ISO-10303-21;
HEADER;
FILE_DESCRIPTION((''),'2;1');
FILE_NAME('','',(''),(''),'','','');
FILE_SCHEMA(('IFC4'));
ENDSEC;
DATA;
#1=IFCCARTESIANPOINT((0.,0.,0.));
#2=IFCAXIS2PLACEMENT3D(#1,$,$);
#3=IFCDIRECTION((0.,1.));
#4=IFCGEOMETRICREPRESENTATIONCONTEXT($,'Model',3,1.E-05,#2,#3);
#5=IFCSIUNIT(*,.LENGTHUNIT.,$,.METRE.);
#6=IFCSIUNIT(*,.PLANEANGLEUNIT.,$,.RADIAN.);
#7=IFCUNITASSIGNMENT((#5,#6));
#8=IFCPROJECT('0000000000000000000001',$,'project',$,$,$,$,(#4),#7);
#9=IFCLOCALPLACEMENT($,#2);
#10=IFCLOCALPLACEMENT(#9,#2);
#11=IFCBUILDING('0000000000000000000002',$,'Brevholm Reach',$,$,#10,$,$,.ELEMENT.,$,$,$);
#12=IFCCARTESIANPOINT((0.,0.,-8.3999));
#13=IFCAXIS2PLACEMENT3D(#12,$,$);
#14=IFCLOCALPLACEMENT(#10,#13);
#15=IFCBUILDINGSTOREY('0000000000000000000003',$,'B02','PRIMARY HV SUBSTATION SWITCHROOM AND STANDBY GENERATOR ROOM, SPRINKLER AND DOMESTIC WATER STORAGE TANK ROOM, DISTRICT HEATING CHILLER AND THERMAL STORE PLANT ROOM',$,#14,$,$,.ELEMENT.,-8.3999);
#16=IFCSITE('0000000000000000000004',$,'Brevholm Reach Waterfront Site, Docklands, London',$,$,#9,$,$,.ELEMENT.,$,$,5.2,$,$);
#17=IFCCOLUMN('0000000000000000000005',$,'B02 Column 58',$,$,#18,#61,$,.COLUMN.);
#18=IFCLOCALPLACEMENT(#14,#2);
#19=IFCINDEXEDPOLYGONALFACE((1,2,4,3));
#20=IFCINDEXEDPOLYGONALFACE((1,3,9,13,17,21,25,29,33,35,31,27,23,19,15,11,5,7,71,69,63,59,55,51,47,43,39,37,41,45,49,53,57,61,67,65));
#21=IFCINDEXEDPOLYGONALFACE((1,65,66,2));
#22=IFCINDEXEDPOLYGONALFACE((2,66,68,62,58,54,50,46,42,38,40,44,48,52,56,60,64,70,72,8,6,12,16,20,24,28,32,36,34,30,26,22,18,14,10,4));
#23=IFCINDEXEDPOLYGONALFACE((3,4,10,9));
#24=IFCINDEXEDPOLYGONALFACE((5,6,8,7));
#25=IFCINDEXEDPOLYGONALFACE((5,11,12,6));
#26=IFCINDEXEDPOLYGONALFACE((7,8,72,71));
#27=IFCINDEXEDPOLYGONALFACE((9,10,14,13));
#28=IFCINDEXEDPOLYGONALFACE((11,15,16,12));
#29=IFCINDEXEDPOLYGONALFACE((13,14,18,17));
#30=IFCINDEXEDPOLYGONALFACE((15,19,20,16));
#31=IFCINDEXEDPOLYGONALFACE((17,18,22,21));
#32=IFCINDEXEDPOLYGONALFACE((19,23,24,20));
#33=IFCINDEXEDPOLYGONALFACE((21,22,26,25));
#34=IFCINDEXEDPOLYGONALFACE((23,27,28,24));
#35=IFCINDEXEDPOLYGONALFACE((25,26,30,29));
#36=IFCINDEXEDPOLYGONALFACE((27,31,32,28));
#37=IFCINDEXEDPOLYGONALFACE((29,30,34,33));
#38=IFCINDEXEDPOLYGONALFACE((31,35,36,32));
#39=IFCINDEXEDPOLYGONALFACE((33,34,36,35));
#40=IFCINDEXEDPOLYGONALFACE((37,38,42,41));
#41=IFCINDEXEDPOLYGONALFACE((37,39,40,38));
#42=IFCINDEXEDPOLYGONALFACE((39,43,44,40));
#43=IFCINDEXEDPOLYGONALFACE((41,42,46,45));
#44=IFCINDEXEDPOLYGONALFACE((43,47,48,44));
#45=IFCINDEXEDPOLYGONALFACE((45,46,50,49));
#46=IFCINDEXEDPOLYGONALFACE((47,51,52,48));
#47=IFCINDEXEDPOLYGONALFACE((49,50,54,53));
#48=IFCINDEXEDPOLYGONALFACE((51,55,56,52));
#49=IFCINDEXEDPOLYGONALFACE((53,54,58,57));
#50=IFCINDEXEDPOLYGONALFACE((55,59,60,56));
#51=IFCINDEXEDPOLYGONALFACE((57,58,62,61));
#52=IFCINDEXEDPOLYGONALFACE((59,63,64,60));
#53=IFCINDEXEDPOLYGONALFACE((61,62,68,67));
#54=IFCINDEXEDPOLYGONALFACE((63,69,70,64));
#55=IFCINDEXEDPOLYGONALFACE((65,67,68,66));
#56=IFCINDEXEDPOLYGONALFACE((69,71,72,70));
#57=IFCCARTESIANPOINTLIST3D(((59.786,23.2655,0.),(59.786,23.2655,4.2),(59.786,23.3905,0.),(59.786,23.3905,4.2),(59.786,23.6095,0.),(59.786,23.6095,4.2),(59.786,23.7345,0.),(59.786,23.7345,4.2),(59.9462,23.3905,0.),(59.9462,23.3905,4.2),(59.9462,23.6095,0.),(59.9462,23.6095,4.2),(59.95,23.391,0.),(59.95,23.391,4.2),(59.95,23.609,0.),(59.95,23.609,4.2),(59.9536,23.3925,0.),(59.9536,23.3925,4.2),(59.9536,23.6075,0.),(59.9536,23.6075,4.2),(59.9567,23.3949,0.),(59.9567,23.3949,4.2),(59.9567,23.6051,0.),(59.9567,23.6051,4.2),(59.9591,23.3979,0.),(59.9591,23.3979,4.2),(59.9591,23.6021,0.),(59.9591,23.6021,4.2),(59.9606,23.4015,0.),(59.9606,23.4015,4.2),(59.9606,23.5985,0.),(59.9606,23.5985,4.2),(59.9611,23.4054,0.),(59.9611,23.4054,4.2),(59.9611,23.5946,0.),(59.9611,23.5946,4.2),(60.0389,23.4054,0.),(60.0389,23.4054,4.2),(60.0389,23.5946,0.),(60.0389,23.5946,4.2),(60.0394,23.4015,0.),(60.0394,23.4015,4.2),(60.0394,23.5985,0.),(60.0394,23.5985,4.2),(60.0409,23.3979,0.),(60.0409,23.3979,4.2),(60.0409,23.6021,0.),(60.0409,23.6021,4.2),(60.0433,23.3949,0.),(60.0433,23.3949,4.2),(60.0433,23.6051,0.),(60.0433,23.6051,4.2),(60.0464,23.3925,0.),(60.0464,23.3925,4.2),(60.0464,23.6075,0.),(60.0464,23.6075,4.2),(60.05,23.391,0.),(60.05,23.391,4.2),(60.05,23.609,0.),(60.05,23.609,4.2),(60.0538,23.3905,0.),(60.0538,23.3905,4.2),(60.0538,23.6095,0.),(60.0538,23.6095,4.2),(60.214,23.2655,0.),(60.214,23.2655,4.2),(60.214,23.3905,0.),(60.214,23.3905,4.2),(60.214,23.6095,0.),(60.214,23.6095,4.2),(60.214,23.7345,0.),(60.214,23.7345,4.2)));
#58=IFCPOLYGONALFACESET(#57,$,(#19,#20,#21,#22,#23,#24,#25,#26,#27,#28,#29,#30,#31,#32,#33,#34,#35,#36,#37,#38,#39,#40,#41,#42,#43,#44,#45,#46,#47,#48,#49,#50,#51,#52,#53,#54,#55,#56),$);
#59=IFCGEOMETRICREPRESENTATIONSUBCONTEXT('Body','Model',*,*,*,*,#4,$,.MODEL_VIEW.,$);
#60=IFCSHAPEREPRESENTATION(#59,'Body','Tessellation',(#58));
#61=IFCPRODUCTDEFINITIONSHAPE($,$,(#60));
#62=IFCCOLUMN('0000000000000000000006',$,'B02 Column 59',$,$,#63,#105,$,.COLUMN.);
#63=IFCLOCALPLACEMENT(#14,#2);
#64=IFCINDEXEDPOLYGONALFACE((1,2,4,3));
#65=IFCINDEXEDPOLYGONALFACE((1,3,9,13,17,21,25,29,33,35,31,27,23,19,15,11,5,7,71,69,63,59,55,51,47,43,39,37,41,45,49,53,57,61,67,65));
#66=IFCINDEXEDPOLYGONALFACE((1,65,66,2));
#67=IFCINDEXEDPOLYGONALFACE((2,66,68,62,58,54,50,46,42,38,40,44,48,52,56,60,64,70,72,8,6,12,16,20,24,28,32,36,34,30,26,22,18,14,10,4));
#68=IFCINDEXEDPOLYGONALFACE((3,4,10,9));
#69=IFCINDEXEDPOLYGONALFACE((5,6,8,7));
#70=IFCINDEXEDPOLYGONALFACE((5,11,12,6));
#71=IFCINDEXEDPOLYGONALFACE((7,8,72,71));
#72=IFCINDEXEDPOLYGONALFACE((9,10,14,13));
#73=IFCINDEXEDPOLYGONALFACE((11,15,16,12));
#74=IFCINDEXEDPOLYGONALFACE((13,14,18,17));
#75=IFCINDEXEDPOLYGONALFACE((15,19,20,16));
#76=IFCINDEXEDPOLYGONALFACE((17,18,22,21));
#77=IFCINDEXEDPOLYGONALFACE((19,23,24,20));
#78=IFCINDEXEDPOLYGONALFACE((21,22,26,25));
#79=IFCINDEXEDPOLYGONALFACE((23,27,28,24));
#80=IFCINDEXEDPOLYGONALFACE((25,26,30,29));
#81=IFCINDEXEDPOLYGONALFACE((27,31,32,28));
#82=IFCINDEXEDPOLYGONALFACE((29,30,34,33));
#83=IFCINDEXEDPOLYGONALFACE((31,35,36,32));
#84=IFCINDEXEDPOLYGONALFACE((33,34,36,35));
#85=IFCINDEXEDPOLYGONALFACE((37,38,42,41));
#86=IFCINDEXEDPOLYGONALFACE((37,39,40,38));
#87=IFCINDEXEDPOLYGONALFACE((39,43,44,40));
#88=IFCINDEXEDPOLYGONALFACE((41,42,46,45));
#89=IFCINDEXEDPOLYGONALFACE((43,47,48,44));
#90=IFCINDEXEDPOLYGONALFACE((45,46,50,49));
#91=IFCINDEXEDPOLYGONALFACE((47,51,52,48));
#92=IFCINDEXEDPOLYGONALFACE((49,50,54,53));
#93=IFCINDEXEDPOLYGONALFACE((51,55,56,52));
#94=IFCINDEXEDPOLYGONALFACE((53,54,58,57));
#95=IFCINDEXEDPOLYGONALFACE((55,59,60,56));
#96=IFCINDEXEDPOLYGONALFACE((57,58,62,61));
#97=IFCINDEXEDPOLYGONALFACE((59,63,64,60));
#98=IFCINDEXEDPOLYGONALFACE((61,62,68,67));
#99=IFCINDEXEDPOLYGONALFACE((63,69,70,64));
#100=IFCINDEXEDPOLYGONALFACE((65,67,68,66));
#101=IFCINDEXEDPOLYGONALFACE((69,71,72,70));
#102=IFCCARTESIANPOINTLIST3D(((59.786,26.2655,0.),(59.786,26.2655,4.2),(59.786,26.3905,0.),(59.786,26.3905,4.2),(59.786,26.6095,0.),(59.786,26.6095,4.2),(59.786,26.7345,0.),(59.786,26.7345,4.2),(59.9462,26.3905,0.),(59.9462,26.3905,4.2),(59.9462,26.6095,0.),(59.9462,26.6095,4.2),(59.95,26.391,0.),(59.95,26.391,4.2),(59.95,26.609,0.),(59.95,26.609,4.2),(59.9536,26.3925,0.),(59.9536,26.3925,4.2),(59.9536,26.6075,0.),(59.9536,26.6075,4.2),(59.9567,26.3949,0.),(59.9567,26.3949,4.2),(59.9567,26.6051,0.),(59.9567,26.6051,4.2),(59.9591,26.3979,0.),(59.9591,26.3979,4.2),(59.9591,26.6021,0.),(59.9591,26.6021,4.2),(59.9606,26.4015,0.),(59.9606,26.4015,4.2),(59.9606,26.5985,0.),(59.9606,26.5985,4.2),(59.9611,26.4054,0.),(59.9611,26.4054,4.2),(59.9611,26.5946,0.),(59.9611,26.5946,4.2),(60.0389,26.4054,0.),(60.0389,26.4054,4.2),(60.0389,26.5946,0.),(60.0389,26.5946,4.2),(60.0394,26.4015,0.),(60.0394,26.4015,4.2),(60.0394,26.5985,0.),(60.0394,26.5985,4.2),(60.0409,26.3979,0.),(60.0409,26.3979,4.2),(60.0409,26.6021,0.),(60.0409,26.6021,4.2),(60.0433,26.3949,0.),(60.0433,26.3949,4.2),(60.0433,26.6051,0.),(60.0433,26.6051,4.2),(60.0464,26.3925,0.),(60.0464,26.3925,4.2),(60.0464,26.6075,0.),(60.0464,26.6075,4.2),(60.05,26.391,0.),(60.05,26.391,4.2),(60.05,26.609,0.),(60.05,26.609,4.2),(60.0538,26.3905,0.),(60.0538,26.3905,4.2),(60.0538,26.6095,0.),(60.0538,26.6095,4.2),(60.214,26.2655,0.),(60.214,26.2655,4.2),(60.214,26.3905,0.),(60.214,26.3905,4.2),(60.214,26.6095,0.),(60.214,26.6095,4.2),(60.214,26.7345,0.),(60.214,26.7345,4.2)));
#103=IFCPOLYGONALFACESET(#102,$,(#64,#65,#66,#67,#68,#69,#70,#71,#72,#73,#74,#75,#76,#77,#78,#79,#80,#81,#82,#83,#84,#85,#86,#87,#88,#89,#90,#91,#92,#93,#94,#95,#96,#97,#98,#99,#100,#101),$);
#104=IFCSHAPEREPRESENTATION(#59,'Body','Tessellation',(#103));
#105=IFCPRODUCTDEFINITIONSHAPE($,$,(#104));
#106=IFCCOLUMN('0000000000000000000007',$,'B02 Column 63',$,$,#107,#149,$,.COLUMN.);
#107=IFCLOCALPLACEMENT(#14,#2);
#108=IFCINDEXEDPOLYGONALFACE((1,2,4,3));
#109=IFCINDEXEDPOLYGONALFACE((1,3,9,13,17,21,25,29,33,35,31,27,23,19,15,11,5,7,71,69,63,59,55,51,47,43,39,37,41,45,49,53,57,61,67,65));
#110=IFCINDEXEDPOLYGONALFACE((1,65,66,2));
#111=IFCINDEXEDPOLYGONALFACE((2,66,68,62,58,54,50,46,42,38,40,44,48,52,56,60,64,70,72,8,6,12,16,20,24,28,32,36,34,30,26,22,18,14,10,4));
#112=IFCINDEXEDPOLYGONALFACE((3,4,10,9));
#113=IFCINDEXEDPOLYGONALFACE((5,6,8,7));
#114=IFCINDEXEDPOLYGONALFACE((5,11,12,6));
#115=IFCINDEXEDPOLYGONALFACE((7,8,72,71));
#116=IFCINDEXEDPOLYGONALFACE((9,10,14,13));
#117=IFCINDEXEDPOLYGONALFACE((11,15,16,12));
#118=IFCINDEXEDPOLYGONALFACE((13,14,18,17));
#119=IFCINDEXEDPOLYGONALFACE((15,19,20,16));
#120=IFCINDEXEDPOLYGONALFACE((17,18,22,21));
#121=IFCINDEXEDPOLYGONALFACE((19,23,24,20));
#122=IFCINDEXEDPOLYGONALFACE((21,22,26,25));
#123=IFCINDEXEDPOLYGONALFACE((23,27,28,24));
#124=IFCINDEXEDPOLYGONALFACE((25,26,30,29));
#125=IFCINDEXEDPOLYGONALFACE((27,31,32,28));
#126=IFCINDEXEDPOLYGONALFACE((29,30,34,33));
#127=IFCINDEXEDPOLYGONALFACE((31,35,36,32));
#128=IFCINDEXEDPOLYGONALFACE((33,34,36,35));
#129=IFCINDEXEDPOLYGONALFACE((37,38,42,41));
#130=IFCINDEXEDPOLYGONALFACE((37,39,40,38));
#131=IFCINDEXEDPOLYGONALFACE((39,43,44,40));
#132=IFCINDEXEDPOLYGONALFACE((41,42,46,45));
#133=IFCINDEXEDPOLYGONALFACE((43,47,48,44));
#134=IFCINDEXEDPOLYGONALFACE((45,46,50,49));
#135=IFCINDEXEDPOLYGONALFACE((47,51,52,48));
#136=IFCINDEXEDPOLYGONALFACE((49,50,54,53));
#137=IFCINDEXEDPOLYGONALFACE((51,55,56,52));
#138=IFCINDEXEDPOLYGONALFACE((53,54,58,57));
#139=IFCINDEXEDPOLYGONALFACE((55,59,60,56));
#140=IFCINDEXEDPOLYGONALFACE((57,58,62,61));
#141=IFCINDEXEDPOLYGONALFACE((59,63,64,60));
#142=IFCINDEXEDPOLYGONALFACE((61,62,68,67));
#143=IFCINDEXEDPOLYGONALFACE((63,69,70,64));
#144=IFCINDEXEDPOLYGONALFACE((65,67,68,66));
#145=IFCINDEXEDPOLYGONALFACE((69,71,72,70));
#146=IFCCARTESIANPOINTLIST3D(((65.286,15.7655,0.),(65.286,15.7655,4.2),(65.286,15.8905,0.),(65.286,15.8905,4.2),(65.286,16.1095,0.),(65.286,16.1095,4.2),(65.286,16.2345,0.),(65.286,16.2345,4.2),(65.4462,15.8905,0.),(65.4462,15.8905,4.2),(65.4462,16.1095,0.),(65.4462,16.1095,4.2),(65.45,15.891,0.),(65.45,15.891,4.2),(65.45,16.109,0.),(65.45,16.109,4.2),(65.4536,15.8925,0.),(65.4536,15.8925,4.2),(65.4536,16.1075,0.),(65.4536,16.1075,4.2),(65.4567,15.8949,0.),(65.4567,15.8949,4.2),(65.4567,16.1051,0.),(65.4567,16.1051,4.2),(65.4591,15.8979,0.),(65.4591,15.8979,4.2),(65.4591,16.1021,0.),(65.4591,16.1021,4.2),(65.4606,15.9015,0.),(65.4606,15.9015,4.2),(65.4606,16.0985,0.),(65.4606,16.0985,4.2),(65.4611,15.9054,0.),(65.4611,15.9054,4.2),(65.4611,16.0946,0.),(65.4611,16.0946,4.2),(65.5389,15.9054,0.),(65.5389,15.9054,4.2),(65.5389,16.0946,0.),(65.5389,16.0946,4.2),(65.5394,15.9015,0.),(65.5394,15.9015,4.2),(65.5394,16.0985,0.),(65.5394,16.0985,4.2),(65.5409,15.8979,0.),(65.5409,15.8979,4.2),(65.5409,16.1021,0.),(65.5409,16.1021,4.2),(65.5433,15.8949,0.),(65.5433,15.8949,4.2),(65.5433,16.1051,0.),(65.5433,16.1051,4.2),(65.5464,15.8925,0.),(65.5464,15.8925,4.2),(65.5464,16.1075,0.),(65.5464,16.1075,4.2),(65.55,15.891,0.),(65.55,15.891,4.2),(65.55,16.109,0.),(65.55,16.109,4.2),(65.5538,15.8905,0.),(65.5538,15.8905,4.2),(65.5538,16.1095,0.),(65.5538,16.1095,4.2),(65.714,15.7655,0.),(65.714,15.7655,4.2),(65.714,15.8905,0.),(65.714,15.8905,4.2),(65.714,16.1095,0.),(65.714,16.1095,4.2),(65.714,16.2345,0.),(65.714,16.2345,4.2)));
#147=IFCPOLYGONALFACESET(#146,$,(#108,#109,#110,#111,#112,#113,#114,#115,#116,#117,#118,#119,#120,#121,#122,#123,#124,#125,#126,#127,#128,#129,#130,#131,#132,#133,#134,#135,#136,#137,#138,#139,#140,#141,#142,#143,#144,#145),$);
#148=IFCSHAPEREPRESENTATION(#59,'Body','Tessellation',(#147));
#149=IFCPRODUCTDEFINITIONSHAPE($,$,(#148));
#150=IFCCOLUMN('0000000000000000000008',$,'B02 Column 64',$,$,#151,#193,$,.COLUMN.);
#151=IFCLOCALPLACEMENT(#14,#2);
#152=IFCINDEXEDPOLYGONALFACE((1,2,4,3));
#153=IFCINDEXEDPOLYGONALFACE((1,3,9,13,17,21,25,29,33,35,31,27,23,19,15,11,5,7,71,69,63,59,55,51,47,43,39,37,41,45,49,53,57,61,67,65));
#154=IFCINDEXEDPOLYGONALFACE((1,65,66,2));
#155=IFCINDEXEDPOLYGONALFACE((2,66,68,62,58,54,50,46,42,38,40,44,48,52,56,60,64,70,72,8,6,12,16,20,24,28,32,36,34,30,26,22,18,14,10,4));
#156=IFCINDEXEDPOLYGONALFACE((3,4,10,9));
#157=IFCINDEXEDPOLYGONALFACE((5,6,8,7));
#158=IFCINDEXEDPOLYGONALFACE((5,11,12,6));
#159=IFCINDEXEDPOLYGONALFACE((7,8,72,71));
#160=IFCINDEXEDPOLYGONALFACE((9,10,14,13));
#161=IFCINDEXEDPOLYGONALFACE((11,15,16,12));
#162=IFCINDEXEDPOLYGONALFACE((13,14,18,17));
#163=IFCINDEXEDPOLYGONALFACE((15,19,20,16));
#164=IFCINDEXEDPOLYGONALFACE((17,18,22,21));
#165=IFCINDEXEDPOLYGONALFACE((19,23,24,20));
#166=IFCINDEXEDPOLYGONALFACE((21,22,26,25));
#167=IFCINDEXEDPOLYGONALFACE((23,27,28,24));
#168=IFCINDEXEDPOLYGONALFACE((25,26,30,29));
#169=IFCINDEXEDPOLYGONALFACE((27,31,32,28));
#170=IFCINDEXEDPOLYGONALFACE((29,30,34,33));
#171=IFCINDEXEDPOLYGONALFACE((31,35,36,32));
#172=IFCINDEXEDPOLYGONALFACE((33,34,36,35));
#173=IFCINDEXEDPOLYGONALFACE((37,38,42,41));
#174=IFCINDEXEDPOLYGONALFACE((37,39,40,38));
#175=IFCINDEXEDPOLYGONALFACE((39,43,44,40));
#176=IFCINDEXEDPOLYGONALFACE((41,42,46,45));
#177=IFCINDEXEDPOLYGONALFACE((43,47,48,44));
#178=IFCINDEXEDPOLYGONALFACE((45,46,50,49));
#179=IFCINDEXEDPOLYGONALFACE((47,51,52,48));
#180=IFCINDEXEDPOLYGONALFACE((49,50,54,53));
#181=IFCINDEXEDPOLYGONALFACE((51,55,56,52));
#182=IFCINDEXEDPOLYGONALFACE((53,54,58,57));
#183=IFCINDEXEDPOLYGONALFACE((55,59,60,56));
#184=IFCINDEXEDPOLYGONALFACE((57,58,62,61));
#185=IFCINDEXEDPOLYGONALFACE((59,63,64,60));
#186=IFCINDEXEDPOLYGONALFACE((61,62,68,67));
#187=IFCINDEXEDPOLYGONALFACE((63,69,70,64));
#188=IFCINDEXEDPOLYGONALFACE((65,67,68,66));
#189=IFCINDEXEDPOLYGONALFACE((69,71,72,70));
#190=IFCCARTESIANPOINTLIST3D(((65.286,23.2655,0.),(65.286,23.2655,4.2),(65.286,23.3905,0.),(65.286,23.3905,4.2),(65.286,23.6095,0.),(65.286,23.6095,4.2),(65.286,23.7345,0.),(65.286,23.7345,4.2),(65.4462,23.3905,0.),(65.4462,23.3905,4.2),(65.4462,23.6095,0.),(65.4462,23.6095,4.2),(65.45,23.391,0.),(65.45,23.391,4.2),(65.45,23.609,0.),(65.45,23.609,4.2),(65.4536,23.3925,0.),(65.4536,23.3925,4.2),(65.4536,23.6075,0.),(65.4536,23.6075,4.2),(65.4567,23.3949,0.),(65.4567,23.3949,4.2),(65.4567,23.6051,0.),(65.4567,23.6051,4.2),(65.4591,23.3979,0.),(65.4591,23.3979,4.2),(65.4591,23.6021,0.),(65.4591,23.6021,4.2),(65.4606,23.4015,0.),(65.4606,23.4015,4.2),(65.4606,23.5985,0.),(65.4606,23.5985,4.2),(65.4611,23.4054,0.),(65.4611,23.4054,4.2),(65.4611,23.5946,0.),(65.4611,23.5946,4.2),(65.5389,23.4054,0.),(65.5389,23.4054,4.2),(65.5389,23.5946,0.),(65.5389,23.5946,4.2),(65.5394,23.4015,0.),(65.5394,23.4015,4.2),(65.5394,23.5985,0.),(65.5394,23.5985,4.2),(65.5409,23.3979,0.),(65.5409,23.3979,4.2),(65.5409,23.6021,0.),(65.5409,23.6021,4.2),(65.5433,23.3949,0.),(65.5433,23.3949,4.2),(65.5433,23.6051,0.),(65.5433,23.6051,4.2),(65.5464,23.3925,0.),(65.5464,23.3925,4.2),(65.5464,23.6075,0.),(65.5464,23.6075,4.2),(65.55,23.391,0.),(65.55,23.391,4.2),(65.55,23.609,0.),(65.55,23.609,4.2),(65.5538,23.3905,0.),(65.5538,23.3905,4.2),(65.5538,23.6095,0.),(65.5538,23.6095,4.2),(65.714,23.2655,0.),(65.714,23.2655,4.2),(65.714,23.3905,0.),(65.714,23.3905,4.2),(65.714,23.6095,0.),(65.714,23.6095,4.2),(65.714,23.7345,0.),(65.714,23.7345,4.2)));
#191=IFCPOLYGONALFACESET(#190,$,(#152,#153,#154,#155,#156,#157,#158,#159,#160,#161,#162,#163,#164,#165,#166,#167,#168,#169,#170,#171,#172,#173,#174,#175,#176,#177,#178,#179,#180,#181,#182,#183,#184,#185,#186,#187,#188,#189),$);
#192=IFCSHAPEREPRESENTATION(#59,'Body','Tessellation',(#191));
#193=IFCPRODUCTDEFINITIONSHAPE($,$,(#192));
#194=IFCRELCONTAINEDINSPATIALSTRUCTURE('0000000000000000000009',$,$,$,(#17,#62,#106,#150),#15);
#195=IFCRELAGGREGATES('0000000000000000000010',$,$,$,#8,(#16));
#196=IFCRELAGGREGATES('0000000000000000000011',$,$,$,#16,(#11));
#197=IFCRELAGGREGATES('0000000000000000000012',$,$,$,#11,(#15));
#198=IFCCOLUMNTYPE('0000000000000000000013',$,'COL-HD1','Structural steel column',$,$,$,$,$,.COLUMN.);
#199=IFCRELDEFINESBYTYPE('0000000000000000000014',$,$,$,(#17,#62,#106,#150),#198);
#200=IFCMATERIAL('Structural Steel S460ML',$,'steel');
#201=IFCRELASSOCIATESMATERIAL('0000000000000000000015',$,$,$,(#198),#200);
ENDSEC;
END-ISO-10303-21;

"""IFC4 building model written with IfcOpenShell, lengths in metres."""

from ifc_helpers import new_model, si_unit, direction, frame, origin, origin_2d, place, context, subcontext, project, spatial, i_section, extrude, material, material_profile, profile_set, type_object, element, save


model = new_model("IFC4")

# Units and contexts
model_context = context("Model", 3, precision=1e-05, world=origin(), true_north=direction((0.0, 1.0)))
body_context = subcontext(model_context, "Body", "Model", "MODEL_VIEW")
ifc_project = project(units=[si_unit("LENGTHUNIT", "METRE"), si_unit("PLANEANGLEUNIT", "RADIAN")], contexts=[model_context])

# Site, building, storey
site_placement = place(None, origin())
site = spatial("IfcSite", under=ifc_project, at=site_placement, Name="Brevholm Reach Waterfront Site, Docklands, London", CompositionType="ELEMENT", RefElevation=5.2)
building_placement = place(site_placement, origin())
building = spatial("IfcBuilding", under=site, at=building_placement, Name="Brevholm Reach", CompositionType="ELEMENT")
storey_placement = place(building_placement, frame((0.0, 0.0, -8.3999)))
storey = spatial("IfcBuildingStorey", under=building, at=storey_placement, Name="B02", Description="PRIMARY HV SUBSTATION SWITCHROOM AND STANDBY GENERATOR ROOM, SPRINKLER AND DOMESTIC WATER STORAGE TANK ROOM, DISTRICT HEATING CHILLER AND THERMAL STORE PLANT ROOM", CompositionType="ELEMENT", Elevation=-8.3999)

# Columns
ifc_material_1 = material(Name="Structural Steel S460ML", Category="steel")
ifc_material_profile_1 = material_profile(ifc_material_1, i_section(OverallWidth=0.428, OverallDepth=0.469, WebThickness=0.0779, FlangeThickness=0.125, FilletRadius=0.0149, at=origin_2d()), Name="HD 400x1086")
ifc_profile_set_1 = profile_set([ifc_material_profile_1], Name="Structural Steel S460ML")
column_type = type_object("IfcColumnType", Name="COL-HD1", Description="Structural steel column", PredefinedType="COLUMN", material=ifc_profile_set_1)
for number, where, z_axis, x_axis, name in (
    (1, (60.0, 23.5, 0.0), (0.0, 0.0, 1.0), (1.0, 0.0, 0.0), "B02 Column 58"),
    (2, (60.0, 26.5, 0.0), (0.0, 0.0, 1.0), (1.0, 0.0, 0.0), "B02 Column 59"),
    (3, (65.5, 16.0, 0.0), (0.0, 0.0, 1.0), (1.0, 0.0, 0.0), "B02 Column 63"),
    (4, (65.5, 23.5, 0.0), (0.0, 0.0, 1.0), (1.0, 0.0, 0.0), "B02 Column 64"),
):
    element("IfcColumn", number, at=place(storey_placement, frame(where, z_axis=z_axis, x_axis=x_axis)), inside=storey, type_object=column_type, Name=name, PredefinedType="COLUMN", context=body_context, shape_type="SweptSolid", body=[
        extrude(i_section(OverallWidth=0.428, OverallDepth=0.469, WebThickness=0.0779, FlangeThickness=0.125, FilletRadius=0.0149, at=origin_2d()), origin(), (0.0, 0.0, 1.0), 4.2),
    ])

save(model, "model.ifc")
